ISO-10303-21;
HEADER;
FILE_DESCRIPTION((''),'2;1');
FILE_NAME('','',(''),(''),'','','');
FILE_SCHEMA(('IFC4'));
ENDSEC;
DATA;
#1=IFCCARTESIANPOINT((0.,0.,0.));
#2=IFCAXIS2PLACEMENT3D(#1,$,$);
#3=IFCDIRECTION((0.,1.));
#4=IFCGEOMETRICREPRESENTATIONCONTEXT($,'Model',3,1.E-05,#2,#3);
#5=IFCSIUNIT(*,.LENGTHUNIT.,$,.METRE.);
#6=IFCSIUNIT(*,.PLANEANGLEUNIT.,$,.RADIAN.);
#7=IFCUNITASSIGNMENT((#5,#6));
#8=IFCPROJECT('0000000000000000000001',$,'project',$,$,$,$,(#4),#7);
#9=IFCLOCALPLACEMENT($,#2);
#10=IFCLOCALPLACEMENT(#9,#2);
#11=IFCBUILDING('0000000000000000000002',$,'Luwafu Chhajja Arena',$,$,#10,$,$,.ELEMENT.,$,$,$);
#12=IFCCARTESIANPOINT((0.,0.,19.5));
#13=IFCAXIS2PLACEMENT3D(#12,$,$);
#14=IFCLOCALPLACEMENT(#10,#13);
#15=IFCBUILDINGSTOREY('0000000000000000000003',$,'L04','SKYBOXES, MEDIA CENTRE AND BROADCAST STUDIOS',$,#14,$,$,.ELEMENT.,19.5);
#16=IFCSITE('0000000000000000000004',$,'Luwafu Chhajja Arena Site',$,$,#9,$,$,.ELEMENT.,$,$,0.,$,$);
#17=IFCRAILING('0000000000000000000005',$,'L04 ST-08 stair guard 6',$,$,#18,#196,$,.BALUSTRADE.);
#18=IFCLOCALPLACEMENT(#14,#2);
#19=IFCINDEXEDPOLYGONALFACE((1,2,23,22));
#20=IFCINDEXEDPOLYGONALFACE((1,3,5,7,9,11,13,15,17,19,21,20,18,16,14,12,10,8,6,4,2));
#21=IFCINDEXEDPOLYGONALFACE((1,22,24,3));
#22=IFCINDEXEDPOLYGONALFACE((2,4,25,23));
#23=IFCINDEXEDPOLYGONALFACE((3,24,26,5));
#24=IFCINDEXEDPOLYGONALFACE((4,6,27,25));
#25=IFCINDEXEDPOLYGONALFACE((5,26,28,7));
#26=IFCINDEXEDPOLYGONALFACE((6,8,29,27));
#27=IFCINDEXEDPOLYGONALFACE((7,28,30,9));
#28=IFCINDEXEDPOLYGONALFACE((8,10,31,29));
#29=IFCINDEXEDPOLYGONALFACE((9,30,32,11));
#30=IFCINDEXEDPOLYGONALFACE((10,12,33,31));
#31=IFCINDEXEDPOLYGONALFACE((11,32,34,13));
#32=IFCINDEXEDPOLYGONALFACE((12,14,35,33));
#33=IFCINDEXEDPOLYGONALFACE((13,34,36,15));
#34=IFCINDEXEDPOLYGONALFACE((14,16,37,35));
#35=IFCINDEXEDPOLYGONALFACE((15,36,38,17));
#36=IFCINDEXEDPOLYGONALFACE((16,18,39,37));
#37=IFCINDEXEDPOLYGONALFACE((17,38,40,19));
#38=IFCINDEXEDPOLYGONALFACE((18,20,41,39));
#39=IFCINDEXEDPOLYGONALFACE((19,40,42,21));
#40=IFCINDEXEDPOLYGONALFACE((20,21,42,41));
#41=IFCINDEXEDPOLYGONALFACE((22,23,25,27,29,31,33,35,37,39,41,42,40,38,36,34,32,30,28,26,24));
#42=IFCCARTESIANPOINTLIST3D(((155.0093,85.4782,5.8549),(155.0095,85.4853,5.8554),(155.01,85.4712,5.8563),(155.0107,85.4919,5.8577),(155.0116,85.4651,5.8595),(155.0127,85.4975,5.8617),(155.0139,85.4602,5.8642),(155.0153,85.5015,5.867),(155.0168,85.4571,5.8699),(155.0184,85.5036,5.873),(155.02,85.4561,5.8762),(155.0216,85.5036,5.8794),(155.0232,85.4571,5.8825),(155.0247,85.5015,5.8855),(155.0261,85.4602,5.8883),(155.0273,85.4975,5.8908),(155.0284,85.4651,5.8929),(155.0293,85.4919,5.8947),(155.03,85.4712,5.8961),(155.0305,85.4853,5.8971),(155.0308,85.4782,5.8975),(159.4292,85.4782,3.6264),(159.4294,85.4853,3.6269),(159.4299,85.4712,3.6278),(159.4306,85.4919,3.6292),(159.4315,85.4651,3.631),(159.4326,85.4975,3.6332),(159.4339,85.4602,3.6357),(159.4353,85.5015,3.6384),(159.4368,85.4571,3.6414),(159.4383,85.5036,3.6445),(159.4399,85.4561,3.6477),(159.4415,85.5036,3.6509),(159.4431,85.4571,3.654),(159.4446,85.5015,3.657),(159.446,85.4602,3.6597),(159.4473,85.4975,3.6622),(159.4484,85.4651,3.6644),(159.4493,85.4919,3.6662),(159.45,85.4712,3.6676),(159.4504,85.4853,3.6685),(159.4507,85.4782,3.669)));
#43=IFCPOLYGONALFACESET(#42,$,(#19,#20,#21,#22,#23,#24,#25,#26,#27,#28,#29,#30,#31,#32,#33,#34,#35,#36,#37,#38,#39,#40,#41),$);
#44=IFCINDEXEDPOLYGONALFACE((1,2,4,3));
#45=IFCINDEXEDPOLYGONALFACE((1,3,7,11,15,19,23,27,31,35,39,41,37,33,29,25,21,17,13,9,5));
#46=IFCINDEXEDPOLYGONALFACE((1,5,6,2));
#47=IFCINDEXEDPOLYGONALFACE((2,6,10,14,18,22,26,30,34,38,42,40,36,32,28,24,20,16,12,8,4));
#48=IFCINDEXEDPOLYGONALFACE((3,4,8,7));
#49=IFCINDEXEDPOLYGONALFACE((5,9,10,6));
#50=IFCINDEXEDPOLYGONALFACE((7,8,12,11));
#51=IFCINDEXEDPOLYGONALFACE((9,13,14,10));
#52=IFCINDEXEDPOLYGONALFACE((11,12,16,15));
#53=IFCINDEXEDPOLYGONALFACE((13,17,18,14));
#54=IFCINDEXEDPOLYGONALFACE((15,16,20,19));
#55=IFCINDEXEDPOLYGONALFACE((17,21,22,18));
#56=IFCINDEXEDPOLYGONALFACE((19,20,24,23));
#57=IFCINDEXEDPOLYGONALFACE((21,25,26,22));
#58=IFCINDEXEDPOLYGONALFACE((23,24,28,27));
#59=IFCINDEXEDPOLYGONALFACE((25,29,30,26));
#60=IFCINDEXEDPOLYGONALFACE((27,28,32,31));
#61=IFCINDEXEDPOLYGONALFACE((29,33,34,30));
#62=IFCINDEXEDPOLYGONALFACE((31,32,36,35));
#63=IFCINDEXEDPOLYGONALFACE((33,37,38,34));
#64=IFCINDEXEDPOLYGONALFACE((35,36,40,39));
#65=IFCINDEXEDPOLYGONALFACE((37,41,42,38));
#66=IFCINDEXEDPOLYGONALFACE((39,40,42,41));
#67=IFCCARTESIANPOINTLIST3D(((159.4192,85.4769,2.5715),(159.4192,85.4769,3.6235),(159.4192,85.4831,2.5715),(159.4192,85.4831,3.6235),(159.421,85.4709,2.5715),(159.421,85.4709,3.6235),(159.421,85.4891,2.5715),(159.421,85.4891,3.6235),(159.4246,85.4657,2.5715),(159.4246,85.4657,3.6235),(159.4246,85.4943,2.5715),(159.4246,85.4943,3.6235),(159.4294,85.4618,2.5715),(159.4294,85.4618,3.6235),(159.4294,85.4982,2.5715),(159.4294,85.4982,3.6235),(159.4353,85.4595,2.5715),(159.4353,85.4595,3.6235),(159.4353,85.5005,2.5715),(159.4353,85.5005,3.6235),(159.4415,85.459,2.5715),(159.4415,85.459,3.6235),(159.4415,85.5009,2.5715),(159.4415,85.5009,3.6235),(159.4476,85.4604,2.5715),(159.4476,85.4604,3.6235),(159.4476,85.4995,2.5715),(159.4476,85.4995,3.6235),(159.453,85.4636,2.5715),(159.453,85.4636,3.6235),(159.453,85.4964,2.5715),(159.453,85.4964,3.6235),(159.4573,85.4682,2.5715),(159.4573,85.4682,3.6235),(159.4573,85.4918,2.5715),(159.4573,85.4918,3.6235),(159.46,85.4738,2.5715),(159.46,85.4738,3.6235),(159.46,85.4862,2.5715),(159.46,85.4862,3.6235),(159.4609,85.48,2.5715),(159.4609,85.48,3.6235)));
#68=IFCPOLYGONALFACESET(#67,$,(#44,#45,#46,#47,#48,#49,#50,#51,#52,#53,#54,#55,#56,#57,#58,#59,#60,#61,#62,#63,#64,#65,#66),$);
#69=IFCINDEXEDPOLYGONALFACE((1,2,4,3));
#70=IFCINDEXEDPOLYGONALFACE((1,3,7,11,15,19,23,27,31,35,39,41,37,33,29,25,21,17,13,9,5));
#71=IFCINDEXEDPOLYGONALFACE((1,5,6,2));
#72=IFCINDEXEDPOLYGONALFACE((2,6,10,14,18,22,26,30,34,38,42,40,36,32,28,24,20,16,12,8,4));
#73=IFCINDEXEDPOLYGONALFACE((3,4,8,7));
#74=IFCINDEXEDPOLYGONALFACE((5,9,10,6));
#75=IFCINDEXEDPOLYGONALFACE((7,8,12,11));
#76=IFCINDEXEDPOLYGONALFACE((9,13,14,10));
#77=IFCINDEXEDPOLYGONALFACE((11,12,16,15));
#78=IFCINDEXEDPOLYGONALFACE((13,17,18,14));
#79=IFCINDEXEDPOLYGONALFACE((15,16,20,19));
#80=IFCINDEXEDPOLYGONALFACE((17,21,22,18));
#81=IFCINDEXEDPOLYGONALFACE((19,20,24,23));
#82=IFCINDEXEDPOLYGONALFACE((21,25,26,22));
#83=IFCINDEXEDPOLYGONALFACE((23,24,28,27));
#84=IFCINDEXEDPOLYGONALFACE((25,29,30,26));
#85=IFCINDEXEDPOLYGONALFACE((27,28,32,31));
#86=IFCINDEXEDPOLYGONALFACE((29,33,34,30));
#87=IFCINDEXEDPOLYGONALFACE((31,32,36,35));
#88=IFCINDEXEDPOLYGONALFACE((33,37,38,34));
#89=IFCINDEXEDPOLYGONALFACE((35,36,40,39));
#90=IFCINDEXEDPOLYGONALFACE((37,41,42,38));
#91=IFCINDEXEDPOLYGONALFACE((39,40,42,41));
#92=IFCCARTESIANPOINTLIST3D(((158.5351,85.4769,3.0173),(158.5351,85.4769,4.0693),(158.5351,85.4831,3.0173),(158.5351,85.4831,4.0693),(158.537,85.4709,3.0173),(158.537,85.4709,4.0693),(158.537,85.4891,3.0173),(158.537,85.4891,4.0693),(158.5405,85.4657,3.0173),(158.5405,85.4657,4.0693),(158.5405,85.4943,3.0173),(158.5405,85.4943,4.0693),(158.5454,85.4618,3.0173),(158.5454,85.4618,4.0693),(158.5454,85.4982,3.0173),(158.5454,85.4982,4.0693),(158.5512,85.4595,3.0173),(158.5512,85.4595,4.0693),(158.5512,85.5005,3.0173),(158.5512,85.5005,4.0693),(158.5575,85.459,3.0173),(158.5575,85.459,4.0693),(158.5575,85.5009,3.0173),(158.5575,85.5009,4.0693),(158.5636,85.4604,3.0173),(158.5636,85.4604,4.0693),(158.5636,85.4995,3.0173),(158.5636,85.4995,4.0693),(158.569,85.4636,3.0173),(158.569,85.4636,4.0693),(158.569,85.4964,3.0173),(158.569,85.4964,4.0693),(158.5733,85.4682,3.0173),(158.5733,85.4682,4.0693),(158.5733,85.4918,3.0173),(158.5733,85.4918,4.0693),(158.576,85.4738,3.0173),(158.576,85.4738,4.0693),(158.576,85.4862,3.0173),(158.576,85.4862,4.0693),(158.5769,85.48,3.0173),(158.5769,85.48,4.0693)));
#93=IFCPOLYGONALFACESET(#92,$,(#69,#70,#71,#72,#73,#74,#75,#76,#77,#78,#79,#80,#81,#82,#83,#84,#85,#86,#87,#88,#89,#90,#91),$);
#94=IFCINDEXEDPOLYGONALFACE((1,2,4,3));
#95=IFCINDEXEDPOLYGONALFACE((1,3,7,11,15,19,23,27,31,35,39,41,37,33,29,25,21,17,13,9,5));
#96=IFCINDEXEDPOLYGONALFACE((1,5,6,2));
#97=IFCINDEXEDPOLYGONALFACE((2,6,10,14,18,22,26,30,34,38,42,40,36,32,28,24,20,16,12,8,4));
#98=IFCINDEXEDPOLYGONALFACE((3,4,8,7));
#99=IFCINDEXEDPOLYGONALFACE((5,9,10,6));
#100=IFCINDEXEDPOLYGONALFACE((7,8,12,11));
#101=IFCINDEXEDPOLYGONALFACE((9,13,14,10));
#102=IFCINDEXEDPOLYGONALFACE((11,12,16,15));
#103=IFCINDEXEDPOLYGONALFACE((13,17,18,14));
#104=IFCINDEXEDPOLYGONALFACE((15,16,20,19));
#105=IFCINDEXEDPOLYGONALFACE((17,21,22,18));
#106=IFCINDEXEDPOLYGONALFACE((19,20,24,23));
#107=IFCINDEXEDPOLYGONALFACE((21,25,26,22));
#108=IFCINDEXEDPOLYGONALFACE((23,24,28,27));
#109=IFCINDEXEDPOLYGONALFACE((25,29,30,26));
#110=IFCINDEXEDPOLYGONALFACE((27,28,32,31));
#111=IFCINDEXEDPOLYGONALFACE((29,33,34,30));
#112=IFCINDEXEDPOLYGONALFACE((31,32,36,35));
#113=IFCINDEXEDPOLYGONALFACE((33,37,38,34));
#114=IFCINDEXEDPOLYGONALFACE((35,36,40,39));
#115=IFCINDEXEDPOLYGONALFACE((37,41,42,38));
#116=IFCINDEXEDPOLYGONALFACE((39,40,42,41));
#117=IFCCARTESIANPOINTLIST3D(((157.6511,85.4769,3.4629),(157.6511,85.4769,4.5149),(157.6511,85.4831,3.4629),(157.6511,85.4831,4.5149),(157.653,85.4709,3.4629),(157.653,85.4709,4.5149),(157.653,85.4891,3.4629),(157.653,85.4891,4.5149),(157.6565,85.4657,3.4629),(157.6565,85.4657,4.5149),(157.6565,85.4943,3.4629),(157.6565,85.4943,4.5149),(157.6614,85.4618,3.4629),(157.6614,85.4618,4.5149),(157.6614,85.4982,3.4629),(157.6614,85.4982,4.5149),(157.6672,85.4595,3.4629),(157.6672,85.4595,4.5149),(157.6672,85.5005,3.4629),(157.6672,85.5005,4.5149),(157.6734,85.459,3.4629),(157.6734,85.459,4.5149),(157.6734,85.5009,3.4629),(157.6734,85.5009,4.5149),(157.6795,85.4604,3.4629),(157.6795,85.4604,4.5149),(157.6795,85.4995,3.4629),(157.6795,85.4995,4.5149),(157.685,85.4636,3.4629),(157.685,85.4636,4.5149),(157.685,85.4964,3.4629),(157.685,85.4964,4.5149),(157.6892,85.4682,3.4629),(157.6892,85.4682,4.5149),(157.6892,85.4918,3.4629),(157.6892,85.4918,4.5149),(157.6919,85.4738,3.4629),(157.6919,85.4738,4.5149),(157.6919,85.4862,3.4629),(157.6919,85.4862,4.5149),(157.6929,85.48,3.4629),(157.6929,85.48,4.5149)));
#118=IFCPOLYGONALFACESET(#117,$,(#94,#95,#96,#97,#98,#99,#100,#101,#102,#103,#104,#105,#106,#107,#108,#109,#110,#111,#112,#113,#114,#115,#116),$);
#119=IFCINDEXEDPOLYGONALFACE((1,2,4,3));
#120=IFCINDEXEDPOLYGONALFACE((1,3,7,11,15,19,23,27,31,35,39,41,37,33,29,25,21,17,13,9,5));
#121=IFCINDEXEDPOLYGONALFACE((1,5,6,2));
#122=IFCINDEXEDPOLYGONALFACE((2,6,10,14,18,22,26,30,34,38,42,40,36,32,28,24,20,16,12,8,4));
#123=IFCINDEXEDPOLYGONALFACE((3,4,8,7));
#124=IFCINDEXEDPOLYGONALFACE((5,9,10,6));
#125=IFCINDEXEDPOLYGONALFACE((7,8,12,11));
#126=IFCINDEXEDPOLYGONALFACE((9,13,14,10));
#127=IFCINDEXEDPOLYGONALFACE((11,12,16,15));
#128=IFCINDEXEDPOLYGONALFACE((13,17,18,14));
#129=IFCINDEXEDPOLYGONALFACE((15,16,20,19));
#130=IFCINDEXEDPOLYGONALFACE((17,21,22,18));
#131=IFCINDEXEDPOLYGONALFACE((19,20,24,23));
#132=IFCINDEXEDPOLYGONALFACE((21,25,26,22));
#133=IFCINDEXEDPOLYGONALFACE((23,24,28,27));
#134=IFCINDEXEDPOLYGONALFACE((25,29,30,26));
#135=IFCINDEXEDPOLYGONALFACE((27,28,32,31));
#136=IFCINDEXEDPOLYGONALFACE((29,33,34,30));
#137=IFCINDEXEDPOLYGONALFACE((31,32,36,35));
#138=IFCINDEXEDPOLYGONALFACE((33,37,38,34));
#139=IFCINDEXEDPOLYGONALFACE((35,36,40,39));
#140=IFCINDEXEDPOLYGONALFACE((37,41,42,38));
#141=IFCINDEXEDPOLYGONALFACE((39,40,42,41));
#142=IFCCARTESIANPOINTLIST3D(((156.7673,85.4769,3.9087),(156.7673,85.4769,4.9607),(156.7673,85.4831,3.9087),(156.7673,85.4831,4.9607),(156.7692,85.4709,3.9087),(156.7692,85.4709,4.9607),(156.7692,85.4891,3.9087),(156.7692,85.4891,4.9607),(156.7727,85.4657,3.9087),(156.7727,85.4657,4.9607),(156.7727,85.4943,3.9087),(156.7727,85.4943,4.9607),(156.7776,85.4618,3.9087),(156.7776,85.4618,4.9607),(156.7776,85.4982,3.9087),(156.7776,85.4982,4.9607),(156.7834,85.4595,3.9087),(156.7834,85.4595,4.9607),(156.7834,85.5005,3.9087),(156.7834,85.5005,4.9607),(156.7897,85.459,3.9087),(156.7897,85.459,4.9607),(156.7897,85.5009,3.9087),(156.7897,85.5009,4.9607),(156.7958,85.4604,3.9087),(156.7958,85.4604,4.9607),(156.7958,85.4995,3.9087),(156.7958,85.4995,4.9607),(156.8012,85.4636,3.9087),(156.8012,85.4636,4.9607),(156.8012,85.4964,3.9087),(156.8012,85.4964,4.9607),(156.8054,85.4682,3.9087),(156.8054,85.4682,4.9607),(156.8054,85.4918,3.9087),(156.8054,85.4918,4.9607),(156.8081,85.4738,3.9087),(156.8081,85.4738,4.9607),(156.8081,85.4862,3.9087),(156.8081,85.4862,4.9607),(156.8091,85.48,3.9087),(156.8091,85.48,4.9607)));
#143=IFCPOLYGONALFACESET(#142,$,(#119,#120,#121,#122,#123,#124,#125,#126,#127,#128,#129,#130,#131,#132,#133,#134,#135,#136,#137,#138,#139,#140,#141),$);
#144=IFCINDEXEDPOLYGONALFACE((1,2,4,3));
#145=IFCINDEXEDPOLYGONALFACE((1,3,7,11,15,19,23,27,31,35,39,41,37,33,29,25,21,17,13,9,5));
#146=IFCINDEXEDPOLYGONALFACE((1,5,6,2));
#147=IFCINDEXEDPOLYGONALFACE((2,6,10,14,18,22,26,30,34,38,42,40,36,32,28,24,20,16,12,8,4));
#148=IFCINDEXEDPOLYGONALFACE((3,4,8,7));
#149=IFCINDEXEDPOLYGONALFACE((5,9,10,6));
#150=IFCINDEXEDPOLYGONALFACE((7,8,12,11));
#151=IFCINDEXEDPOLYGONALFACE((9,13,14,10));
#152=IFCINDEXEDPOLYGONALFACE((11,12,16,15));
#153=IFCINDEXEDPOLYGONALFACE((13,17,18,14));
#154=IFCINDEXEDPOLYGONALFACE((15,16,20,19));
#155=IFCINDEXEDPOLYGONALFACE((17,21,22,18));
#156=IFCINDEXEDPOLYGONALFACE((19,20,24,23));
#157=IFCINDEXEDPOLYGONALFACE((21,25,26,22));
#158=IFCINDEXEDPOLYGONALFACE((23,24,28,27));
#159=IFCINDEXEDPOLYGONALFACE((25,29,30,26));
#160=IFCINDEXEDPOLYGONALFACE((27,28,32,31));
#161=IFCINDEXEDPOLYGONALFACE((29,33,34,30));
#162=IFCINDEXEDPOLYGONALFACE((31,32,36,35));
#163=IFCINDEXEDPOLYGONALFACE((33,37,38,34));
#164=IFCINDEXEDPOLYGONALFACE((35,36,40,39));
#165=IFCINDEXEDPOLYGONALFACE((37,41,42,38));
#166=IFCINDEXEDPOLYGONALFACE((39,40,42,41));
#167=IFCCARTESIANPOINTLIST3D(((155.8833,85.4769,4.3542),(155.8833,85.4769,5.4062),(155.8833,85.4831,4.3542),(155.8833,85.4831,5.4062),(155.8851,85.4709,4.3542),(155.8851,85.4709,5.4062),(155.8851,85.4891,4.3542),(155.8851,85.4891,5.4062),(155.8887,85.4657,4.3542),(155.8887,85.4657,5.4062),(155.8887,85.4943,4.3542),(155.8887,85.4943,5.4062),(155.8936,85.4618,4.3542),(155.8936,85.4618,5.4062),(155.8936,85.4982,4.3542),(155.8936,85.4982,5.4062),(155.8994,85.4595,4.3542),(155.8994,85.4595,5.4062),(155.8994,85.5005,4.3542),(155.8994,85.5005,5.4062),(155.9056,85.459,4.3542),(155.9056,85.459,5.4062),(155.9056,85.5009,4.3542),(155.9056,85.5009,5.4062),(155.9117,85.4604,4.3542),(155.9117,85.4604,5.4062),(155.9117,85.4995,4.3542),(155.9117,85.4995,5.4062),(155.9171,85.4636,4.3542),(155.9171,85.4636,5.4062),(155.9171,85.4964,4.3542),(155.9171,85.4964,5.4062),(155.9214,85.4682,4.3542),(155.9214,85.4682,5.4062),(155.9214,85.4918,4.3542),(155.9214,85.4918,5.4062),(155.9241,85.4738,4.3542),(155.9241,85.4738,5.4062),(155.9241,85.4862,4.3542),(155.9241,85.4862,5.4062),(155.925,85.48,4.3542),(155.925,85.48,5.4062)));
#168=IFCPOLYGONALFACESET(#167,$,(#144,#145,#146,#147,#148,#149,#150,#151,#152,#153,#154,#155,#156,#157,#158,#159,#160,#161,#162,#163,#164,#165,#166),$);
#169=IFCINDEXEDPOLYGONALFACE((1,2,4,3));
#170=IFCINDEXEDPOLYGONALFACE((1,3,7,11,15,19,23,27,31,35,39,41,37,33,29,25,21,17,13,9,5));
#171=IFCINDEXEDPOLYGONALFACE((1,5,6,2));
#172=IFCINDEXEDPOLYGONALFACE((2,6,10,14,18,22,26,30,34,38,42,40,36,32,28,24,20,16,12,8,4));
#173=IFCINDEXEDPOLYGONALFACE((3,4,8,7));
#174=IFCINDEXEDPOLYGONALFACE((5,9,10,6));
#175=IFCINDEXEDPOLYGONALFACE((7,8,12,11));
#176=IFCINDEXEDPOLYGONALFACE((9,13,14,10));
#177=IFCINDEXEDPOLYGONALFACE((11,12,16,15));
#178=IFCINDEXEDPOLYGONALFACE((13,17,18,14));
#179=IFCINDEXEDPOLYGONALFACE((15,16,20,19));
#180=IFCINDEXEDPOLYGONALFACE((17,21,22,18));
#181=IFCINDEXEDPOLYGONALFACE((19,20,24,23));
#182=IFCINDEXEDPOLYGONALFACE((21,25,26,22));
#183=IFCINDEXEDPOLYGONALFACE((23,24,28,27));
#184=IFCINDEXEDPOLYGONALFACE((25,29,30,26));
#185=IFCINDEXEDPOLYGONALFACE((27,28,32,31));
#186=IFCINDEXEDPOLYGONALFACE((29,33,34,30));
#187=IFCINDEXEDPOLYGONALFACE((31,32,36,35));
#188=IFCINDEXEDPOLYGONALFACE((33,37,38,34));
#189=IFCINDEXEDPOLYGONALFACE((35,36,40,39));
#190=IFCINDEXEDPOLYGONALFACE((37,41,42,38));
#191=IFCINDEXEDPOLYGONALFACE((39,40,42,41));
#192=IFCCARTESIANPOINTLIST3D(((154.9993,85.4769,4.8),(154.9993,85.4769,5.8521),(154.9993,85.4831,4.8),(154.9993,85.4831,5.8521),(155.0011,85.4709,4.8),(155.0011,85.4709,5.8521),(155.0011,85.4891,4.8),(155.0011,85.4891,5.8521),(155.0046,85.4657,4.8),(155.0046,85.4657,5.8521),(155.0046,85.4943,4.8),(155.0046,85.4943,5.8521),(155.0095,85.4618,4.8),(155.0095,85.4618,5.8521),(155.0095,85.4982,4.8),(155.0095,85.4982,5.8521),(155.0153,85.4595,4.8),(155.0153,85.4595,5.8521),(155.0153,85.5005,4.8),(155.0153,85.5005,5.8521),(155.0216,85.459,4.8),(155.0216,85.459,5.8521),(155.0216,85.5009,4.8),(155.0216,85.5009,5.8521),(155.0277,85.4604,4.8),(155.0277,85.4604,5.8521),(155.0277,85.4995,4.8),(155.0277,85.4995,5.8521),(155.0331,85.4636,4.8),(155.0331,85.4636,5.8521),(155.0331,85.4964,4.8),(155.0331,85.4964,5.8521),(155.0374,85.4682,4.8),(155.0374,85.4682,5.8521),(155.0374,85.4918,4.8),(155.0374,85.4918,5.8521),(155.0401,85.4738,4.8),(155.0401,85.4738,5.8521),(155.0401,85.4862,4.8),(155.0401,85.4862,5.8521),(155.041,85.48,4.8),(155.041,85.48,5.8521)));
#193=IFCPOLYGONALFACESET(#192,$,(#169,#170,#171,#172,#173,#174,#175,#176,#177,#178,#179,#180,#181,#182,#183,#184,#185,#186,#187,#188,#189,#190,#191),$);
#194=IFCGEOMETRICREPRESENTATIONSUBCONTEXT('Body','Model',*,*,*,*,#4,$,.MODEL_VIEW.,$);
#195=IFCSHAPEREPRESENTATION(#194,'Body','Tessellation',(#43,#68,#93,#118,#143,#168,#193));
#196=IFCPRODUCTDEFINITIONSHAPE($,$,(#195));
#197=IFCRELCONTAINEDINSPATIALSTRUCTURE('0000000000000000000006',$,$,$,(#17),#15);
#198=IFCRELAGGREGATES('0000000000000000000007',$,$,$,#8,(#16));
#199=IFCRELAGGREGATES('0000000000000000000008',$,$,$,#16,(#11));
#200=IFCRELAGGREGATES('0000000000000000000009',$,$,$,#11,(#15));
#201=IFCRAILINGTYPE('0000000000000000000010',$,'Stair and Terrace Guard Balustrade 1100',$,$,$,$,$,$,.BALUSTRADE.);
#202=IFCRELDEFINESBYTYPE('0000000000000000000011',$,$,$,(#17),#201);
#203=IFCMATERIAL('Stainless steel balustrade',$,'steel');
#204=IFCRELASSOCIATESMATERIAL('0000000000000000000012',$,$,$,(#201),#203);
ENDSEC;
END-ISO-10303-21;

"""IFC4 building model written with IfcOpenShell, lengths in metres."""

from ifc_helpers import new_model, si_unit, direction, frame, origin, origin_2d, place, context, subcontext, project, spatial, circle, extrude, material, type_object, element, save


model = new_model("IFC4")

# Units and contexts
model_context = context("Model", 3, precision=1e-05, world=origin(), true_north=direction((0.0, 1.0)))
body_context = subcontext(model_context, "Body", "Model", "MODEL_VIEW")
ifc_project = project(units=[si_unit("LENGTHUNIT", "METRE"), si_unit("PLANEANGLEUNIT", "RADIAN")], contexts=[model_context])

# Site, building, storey
site_placement = place(None, origin())
site = spatial("IfcSite", under=ifc_project, at=site_placement, Name="Luwafu Chhajja Arena Site", CompositionType="ELEMENT", RefElevation=0.0)
building_placement = place(site_placement, origin())
building = spatial("IfcBuilding", under=site, at=building_placement, Name="Luwafu Chhajja Arena", CompositionType="ELEMENT")
storey_placement = place(building_placement, frame((0.0, 0.0, 19.5)))
storey = spatial("IfcBuildingStorey", under=building, at=storey_placement, Name="L04", Description="SKYBOXES, MEDIA CENTRE AND BROADCAST STUDIOS", CompositionType="ELEMENT", Elevation=19.5)

# Railing
ifc_material_1 = material(Name="Stainless steel balustrade", Category="steel")
railing_type_1 = type_object("IfcRailingType", Name="Stair and Terrace Guard Balustrade 1100", PredefinedType="BALUSTRADE", material=ifc_material_1)
railing_1_placement = place(storey_placement, frame((159.4399, 85.48, 2.5715)))
element("IfcRailing", 1, at=railing_1_placement, inside=storey, type_object=railing_type_1, Name="L04 ST-08 stair guard 6", PredefinedType="BALUSTRADE", context=body_context, shape_type="SweptSolid", body=[
    extrude(circle(Radius=0.0239, at=origin_2d()), frame((0.0, 0.0, 1.0762), z_axis=(-0.892923, 0.0, 0.45021), x_axis=(0.0, -1.0, 0.0)), (0.0, 0.0, 1.0), 4.95),
    extrude(circle(Radius=0.021, at=origin_2d()), origin(), (0.0, 0.0, 1.0), 1.052),
    extrude(circle(Radius=0.021, at=origin_2d()), frame((-0.884, 0.0, 0.4458)), (0.0, 0.0, 1.0), 1.052),
    extrude(circle(Radius=0.021, at=origin_2d()), frame((-1.7681, 0.0, 0.8914)), (0.0, 0.0, 1.0), 1.052),
    extrude(circle(Radius=0.021, at=origin_2d()), frame((-2.6519, 0.0, 1.3372)), (0.0, 0.0, 1.0), 1.052),
    extrude(circle(Radius=0.021, at=origin_2d()), frame((-3.5359, 0.0, 1.7827)), (0.0, 0.0, 1.0), 1.052),
    extrude(circle(Radius=0.021, at=origin_2d()), frame((-4.4199, 0.0, 2.2285)), (0.0, 0.0, 1.0), 1.052),
])

save(model, "model.ifc")
